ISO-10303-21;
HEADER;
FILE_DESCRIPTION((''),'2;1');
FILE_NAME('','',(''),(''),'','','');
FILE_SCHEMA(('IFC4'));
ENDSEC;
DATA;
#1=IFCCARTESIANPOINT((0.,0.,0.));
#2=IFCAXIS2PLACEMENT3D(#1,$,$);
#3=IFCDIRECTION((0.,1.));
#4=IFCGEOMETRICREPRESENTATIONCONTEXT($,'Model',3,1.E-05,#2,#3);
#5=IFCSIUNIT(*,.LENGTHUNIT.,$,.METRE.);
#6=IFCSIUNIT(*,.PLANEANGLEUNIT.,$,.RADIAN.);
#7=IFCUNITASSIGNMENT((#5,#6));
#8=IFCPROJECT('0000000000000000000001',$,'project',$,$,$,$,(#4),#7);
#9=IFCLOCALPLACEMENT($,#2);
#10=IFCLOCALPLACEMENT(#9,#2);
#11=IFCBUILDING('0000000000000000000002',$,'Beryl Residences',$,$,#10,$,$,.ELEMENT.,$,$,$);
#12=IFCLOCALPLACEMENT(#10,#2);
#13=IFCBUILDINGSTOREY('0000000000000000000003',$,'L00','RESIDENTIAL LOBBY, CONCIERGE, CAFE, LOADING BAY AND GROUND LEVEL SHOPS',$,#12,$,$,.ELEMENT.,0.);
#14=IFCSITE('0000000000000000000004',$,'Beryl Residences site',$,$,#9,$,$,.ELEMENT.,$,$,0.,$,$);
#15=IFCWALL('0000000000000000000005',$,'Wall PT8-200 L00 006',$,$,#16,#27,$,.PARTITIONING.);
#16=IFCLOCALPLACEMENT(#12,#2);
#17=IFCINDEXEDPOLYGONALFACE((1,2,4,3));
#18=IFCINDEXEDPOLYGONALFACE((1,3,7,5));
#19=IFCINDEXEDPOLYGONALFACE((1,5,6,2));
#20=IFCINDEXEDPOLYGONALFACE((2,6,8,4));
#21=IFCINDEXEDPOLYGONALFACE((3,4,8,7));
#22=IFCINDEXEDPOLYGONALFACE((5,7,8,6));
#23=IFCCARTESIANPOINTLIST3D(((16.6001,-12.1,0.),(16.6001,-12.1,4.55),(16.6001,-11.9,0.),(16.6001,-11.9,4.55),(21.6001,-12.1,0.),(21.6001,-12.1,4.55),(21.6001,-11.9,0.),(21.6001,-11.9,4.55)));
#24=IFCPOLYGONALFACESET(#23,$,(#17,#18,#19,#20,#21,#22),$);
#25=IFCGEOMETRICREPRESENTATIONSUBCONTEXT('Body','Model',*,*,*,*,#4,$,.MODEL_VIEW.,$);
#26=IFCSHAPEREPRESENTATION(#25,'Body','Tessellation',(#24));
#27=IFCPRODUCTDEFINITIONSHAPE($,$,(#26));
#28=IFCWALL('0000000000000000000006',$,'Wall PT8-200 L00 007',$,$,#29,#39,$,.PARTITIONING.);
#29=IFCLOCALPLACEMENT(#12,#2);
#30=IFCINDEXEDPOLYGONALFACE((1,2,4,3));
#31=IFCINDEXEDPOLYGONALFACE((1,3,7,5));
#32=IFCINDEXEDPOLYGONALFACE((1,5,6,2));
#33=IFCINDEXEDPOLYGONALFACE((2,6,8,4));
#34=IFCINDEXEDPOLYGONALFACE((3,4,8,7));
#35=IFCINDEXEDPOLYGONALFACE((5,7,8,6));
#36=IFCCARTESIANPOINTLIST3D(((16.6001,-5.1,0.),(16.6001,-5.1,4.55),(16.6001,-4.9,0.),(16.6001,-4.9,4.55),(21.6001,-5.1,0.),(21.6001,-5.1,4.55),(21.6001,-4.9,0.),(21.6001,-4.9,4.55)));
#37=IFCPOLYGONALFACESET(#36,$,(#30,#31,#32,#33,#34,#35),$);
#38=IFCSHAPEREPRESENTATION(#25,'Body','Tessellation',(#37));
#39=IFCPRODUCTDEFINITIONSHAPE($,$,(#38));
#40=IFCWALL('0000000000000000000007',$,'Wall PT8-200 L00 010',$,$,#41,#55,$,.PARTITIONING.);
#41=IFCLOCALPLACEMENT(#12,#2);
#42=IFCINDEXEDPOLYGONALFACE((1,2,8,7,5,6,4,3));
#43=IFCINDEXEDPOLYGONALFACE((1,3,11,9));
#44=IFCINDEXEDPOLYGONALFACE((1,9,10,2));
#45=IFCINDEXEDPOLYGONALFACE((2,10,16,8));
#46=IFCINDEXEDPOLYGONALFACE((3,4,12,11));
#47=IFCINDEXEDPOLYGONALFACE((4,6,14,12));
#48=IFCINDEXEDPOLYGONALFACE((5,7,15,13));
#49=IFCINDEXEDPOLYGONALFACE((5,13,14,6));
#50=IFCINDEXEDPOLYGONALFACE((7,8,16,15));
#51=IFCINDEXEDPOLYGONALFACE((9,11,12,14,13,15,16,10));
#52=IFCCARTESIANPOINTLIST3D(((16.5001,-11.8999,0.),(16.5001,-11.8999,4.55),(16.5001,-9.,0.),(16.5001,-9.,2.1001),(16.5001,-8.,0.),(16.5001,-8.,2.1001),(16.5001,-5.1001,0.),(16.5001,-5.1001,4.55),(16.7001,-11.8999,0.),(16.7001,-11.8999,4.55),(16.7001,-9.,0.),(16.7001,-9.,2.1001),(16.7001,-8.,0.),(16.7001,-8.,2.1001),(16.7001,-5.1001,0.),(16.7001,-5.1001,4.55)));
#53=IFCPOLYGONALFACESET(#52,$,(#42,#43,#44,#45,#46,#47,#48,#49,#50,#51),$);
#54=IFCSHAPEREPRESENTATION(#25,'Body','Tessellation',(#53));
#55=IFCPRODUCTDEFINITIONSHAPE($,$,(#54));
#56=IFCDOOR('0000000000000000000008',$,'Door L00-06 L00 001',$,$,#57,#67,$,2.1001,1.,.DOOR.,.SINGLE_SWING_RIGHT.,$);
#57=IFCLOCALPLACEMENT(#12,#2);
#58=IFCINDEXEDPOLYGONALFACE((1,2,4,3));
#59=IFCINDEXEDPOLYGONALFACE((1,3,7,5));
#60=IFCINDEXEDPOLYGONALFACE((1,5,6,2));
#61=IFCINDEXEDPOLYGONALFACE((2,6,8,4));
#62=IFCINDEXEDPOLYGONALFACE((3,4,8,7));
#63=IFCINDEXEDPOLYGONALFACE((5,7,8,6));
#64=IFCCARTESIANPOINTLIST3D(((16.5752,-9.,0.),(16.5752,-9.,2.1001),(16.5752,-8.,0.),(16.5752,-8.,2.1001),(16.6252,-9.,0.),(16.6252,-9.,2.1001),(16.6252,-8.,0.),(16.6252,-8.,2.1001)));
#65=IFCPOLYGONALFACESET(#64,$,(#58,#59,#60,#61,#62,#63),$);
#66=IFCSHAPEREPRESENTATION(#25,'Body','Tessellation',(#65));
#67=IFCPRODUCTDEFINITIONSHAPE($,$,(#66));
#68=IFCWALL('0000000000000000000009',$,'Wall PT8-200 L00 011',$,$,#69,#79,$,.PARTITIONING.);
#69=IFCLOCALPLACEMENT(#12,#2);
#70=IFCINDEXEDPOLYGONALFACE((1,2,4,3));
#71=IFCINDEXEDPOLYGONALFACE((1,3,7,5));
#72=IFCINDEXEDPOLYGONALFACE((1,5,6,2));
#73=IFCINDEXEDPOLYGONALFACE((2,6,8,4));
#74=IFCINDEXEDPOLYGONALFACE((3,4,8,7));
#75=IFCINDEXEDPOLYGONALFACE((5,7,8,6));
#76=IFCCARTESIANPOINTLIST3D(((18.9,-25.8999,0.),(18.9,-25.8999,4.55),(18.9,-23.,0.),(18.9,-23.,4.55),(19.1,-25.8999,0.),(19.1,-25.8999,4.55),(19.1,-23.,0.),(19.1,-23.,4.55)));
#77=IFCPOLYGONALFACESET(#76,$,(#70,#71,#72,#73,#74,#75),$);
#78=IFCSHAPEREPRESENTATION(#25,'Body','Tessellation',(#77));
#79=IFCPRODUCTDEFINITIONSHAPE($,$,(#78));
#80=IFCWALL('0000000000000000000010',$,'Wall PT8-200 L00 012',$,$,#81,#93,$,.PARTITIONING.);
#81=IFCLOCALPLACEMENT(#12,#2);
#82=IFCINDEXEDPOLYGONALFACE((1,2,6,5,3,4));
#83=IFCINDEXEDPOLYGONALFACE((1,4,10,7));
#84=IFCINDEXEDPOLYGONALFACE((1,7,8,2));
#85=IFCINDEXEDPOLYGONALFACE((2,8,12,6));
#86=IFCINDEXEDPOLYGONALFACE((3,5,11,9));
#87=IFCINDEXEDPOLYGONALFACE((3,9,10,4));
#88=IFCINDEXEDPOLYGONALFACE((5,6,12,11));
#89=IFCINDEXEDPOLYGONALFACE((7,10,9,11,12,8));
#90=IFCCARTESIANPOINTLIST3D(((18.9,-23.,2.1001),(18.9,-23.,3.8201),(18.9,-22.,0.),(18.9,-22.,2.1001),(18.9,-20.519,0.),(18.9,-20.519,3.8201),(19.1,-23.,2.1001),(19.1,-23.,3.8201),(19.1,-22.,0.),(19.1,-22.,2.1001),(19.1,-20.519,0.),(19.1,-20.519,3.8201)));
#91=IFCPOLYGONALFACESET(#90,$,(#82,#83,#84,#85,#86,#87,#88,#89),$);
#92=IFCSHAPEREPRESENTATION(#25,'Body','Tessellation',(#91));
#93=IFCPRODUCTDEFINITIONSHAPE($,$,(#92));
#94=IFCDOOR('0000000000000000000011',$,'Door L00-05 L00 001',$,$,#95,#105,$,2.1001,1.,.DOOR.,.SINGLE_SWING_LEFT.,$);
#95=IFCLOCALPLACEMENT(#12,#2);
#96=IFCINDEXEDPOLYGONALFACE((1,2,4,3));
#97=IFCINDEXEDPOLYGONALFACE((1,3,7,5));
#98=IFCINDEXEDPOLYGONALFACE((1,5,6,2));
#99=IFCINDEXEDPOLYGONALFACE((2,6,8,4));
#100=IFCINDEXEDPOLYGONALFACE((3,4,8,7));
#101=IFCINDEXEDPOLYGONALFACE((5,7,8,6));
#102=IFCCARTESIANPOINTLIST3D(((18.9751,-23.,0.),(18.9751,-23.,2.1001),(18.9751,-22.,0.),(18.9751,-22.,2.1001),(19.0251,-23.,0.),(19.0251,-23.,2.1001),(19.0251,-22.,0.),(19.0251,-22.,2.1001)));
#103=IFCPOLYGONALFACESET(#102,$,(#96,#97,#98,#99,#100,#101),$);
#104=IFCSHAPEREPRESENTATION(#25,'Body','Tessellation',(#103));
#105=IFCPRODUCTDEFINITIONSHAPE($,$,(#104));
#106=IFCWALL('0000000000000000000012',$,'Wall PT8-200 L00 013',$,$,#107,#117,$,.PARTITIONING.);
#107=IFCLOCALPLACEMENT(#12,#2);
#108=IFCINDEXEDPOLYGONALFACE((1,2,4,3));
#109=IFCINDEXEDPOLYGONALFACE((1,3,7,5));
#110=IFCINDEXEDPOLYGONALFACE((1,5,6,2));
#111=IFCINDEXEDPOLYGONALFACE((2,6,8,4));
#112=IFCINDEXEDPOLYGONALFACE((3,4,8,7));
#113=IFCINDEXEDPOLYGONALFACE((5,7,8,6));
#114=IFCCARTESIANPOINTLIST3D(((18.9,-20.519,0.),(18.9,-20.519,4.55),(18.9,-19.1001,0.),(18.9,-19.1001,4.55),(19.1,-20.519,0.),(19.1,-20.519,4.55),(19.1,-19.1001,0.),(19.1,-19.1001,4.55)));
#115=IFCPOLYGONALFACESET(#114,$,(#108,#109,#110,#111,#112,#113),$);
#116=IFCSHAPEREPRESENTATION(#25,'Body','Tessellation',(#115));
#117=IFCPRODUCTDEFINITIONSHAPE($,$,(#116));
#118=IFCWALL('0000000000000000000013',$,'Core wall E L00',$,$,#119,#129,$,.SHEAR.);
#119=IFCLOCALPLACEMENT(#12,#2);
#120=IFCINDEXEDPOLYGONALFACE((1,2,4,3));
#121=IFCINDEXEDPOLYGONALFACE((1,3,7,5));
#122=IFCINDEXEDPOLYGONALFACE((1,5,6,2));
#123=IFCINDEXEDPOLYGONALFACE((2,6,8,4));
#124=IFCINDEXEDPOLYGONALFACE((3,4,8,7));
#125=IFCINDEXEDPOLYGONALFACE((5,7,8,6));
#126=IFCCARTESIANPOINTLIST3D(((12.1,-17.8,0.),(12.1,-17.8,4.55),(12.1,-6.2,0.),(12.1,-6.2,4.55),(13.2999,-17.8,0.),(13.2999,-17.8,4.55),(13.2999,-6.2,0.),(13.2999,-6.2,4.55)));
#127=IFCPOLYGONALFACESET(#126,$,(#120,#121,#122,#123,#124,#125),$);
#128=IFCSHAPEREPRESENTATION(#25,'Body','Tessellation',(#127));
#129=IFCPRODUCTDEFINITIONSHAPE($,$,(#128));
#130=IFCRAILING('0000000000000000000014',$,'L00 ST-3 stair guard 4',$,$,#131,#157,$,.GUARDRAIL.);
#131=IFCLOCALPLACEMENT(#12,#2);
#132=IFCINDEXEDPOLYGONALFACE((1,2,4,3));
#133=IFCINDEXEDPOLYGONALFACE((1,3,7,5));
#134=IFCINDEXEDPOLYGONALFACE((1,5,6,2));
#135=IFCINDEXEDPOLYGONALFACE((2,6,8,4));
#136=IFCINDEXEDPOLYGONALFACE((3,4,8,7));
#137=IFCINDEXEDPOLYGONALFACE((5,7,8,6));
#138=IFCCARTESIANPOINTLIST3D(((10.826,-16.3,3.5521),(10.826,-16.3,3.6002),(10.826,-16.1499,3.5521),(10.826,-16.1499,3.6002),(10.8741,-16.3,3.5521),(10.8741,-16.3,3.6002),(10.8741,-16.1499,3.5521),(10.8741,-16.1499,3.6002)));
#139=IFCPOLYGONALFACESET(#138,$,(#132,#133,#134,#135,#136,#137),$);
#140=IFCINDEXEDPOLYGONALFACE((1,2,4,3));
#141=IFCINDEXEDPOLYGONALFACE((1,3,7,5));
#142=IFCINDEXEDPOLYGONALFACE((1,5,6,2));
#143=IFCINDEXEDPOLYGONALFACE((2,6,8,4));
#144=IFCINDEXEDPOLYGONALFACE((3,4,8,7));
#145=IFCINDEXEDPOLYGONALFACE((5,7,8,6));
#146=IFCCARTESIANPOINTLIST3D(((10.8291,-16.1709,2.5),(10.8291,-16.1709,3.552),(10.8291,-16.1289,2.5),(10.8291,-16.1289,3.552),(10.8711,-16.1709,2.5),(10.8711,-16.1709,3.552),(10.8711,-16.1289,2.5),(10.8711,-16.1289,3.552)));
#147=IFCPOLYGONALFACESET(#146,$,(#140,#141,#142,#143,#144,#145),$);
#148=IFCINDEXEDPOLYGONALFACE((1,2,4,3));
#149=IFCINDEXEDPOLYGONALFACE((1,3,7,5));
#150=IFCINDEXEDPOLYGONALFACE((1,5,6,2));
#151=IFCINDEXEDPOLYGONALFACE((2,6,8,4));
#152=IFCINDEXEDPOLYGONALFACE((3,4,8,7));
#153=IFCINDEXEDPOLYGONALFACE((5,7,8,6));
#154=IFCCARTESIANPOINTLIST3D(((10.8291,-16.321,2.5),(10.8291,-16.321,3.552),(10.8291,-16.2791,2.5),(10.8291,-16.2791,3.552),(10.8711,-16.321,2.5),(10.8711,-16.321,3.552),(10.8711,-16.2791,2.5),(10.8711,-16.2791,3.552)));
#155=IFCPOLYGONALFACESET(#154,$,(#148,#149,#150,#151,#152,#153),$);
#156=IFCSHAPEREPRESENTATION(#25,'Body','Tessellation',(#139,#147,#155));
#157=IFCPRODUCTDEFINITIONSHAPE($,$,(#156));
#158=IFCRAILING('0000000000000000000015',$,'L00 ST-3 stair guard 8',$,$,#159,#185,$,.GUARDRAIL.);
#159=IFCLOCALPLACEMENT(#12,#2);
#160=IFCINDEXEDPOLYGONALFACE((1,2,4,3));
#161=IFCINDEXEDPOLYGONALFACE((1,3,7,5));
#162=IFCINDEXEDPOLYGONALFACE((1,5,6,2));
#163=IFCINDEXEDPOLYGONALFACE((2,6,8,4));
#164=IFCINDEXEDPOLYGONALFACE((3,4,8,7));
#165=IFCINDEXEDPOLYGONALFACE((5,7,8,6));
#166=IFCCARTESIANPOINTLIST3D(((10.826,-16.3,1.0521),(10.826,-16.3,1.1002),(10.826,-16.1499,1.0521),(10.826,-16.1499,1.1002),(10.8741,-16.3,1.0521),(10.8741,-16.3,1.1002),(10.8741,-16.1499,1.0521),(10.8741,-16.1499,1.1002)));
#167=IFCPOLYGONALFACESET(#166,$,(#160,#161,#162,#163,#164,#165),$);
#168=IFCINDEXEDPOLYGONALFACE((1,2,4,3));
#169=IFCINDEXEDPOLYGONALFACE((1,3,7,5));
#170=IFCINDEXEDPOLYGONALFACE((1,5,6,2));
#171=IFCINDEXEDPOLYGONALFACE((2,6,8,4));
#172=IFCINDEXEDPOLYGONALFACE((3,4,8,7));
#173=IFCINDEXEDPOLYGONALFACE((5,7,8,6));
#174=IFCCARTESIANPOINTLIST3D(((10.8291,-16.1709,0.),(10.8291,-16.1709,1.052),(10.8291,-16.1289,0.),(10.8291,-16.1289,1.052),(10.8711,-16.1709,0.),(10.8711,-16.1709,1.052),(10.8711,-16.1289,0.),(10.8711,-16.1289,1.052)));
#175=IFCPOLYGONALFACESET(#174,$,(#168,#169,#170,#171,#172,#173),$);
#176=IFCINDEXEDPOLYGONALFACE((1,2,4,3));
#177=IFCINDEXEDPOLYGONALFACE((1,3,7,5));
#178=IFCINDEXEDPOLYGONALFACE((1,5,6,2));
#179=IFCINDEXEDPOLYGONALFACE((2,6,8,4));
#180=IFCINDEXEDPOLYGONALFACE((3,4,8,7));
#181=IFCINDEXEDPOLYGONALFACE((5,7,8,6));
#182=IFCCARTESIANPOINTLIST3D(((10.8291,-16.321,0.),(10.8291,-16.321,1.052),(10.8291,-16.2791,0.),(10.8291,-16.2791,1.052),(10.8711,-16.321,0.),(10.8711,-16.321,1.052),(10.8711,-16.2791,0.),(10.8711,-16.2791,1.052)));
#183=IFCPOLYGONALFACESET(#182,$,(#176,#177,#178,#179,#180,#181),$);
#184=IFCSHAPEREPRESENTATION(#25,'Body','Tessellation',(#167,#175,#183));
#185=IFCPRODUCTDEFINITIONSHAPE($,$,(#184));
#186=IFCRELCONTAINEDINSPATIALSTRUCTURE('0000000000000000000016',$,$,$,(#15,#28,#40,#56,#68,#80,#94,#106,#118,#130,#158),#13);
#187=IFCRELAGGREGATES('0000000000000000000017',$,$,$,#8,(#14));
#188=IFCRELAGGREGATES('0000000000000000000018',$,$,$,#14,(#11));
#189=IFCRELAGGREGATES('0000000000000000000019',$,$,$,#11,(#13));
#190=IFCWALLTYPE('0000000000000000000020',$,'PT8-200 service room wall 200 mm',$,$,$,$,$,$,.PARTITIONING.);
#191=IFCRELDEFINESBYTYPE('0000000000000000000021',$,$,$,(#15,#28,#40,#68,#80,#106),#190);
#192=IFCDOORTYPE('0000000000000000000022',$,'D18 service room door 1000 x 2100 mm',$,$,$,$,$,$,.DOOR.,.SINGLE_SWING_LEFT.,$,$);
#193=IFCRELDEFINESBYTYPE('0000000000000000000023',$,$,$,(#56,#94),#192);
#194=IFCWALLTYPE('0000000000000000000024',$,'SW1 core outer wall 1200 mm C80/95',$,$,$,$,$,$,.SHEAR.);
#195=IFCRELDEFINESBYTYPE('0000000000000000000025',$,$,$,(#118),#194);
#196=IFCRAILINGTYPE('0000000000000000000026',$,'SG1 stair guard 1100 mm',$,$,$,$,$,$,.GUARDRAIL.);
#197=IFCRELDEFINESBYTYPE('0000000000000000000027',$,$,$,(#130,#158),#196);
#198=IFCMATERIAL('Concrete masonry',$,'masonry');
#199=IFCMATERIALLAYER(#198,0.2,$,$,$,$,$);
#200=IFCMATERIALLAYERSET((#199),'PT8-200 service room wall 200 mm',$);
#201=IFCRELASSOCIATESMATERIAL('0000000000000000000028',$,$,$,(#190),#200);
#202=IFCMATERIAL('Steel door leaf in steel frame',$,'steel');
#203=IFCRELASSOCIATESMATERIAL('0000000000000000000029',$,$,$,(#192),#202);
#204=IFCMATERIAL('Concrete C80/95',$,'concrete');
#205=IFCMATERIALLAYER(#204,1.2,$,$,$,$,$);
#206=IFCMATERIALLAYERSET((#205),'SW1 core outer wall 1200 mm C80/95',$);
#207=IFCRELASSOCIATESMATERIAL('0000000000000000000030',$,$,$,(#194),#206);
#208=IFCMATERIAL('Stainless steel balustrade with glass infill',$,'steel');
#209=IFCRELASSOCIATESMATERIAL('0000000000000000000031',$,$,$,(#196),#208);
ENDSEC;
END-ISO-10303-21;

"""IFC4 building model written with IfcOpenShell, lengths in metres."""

from ifc_helpers import new_model, si_unit, direction, frame, frame_2d, origin, origin_2d, place, context, subcontext, project, spatial, rectangle, extrude, material, layer, layer_set, type_object, element, fill, save


model = new_model("IFC4")

# Units and contexts
model_context = context("Model", 3, precision=1e-05, world=origin(), true_north=direction((0.0, 1.0)))
body_context = subcontext(model_context, "Body", "Model", "MODEL_VIEW")
ifc_project = project(units=[si_unit("LENGTHUNIT", "METRE"), si_unit("PLANEANGLEUNIT", "RADIAN")], contexts=[model_context])

# Site, building, storey
site_placement = place(None, origin())
site = spatial("IfcSite", under=ifc_project, at=site_placement, Name="Beryl Residences site", CompositionType="ELEMENT", RefElevation=0.0)
building_placement = place(site_placement, origin())
building = spatial("IfcBuilding", under=site, at=building_placement, Name="Beryl Residences", CompositionType="ELEMENT")
storey_placement = place(building_placement, origin())
storey = spatial("IfcBuildingStorey", under=building, at=storey_placement, Name="L00", Description="RESIDENTIAL LOBBY, CONCIERGE, CAFE, LOADING BAY AND GROUND LEVEL SHOPS", CompositionType="ELEMENT", Elevation=0.0)

# Walls
ifc_material_1 = material(Name="Concrete masonry", Category="masonry")
ifc_layer_1 = layer(ifc_material_1, 0.2)
ifc_layer_set_1 = layer_set([ifc_layer_1], Name="PT8-200 service room wall 200 mm")
wall_type_1 = type_object("IfcWallType", Name="PT8-200 service room wall 200 mm", PredefinedType="PARTITIONING", material=ifc_layer_set_1)
for number, where, z_axis, x_axis, name in (
    (1, (16.6001, -12.0, 0.0), (0.0, 0.0, 1.0), (1.0, 0.0, 0.0), "Wall PT8-200 L00 006"),
    (2, (16.6001, -5.0, 0.0), (0.0, 0.0, 1.0), (1.0, 0.0, 0.0), "Wall PT8-200 L00 007"),
):
    element("IfcWall", number, at=place(storey_placement, frame(where, z_axis=z_axis, x_axis=x_axis)), inside=storey, type_object=wall_type_1, Name=name, PredefinedType="PARTITIONING", context=body_context, shape_type="SweptSolid", body=[
        extrude(rectangle(XDim=5.0, YDim=0.2, at=frame_2d((2.5, 0.0))), origin(), (0.0, 0.0, 1.0), 4.55),
    ])

# Wall, opening, door
wall_1_placement = place(storey_placement, frame((16.6001, -11.8999, 0.0), z_axis=(0.0, 0.0, 1.0), x_axis=(0.0, 1.0, 0.0)))
wall_1 = element("IfcWall", 3, at=wall_1_placement, inside=storey, type_object=wall_type_1, Name="Wall PT8-200 L00 010", PredefinedType="PARTITIONING", context=body_context, shape_type="SweptSolid", body=[
    extrude(rectangle(XDim=6.7998, YDim=0.2, at=frame_2d((3.3999, 0.0))), origin(), (0.0, 0.0, 1.0), 4.55),
])
opening_1_placement = place(wall_1_placement, frame((2.8999, 0.0, 0.0)))
opening_1 = element("IfcOpeningElement", 4, at=opening_1_placement, cuts=wall_1, PredefinedType="OPENING", context=body_context, shape_type="SweptSolid", body=[
    extrude(rectangle(XDim=1.0, YDim=2.1001, at=frame_2d((0.5, 1.05))), frame((0.0, 0.1099, 0.0), z_axis=(0.0, -1.0, 0.0), x_axis=(1.0, 0.0, 0.0)), (0.0, 0.0, 1.0), 0.22),
])
ifc_material_2 = material(Name="Steel door leaf in steel frame", Category="steel")
door_type = type_object("IfcDoorType", Name="D18 service room door 1000 x 2100 mm", OperationType="SINGLE_SWING_LEFT", PredefinedType="DOOR", material=ifc_material_2)
door_1_placement = place(opening_1_placement, origin())
door_1 = element("IfcDoor", 5, at=door_1_placement, inside=storey, type_object=door_type, Name="Door L00-06 L00 001", OperationType="SINGLE_SWING_RIGHT", OverallHeight=2.1001, OverallWidth=1.0, PredefinedType="DOOR", context=body_context, shape_type="SweptSolid", body=[
    extrude(rectangle(XDim=1.0, YDim=2.1001, at=frame_2d((0.5, 1.05))), frame((0.0, 0.0249, 0.0), z_axis=(0.0, -1.0, 0.0), x_axis=(1.0, 0.0, 0.0)), (0.0, 0.0, 1.0), 0.05),
])
fill(opening_1, door_1)

# Wall
wall_2_placement = place(storey_placement, frame((19.0, -25.8999, 0.0), z_axis=(0.0, 0.0, 1.0), x_axis=(0.0, 1.0, 0.0)))
element("IfcWall", 6, at=wall_2_placement, inside=storey, type_object=wall_type_1, Name="Wall PT8-200 L00 011", PredefinedType="PARTITIONING", context=body_context, shape_type="SweptSolid", body=[
    extrude(rectangle(XDim=2.8999, YDim=0.2, at=frame_2d((1.45, 0.0))), origin(), (0.0, 0.0, 1.0), 4.55),
])

# Wall, opening, door
wall_3_placement = place(storey_placement, frame((19.0, -23.0, 0.0), z_axis=(0.0, 0.0, 1.0), x_axis=(0.0, 1.0, 0.0)))
wall_3 = element("IfcWall", 7, at=wall_3_placement, inside=storey, type_object=wall_type_1, Name="Wall PT8-200 L00 012", PredefinedType="PARTITIONING", context=body_context, shape_type="SweptSolid", body=[
    extrude(rectangle(XDim=2.481, YDim=0.2, at=frame_2d((1.2405, 0.0))), origin(), (0.0, 0.0, 1.0), 3.8201),
])
opening_2_placement = place(wall_3_placement, origin())
opening_2 = element("IfcOpeningElement", 8, at=opening_2_placement, cuts=wall_3, PredefinedType="OPENING", context=body_context, shape_type="SweptSolid", body=[
    extrude(rectangle(XDim=1.0, YDim=2.1001, at=frame_2d((0.5, 1.05))), frame((0.0, 0.1099, 0.0), z_axis=(0.0, -1.0, 0.0), x_axis=(1.0, 0.0, 0.0)), (0.0, 0.0, 1.0), 0.22),
])
door_2_placement = place(opening_2_placement, origin())
door_2 = element("IfcDoor", 9, at=door_2_placement, inside=storey, type_object=door_type, Name="Door L00-05 L00 001", OperationType="SINGLE_SWING_LEFT", OverallHeight=2.1001, OverallWidth=1.0, PredefinedType="DOOR", context=body_context, shape_type="SweptSolid", body=[
    extrude(rectangle(XDim=1.0, YDim=2.1001, at=frame_2d((0.5, 1.05))), frame((0.0, 0.0249, 0.0), z_axis=(0.0, -1.0, 0.0), x_axis=(1.0, 0.0, 0.0)), (0.0, 0.0, 1.0), 0.05),
])
fill(opening_2, door_2)

# Walls
wall_4_placement = place(storey_placement, frame((19.0, -20.519, 0.0), z_axis=(0.0, 0.0, 1.0), x_axis=(0.0, 1.0, 0.0)))
element("IfcWall", 10, at=wall_4_placement, inside=storey, type_object=wall_type_1, Name="Wall PT8-200 L00 013", PredefinedType="PARTITIONING", context=body_context, shape_type="SweptSolid", body=[
    extrude(rectangle(XDim=1.4189, YDim=0.2, at=frame_2d((0.7095, 0.0))), origin(), (0.0, 0.0, 1.0), 4.55),
])
ifc_material_3 = material(Name="Concrete C80/95", Category="concrete")
ifc_layer_2 = layer(ifc_material_3, 1.2)
ifc_layer_set_2 = layer_set([ifc_layer_2], Name="SW1 core outer wall 1200 mm C80/95")
wall_type_2 = type_object("IfcWallType", Name="SW1 core outer wall 1200 mm C80/95", PredefinedType="SHEAR", material=ifc_layer_set_2)
wall_5_placement = place(storey_placement, frame((12.7, -17.8, 0.0), z_axis=(0.0, 0.0, 1.0), x_axis=(0.0, 1.0, 0.0)))
element("IfcWall", 11, at=wall_5_placement, inside=storey, type_object=wall_type_2, Name="Core wall E L00", PredefinedType="SHEAR", context=body_context, shape_type="SweptSolid", body=[
    extrude(rectangle(XDim=11.6001, YDim=1.2, at=frame_2d((5.8, 0.0))), origin(), (0.0, 0.0, 1.0), 4.55),
])

# Railings
ifc_material_4 = material(Name="Stainless steel balustrade with glass infill", Category="steel")
railing_type_1 = type_object("IfcRailingType", Name="SG1 stair guard 1100 mm", PredefinedType="GUARDRAIL", material=ifc_material_4)
for number, where, name in (
    (12, (10.8501, -16.1499, 2.5), "L00 ST-3 stair guard 4"),
    (13, (10.8501, -16.1499, 0.0), "L00 ST-3 stair guard 8"),
):
    element("IfcRailing", number, at=place(storey_placement, frame(where)), inside=storey, type_object=railing_type_1, Name=name, PredefinedType="GUARDRAIL", context=body_context, shape_type="SweptSolid", body=[
        extrude(rectangle(XDim=0.0481, YDim=0.0481, at=origin_2d()), frame((0.0, 0.0, 1.0762), z_axis=(0.0, -1.0, 0.0), x_axis=(1.0, 0.0, 0.0)), (0.0, 0.0, 1.0), 0.1501),
        extrude(rectangle(XDim=0.042, YDim=0.042, at=origin_2d()), origin(), (0.0, 0.0, 1.0), 1.052),
        extrude(rectangle(XDim=0.042, YDim=0.042, at=origin_2d()), frame((0.0, -0.1501, 0.0)), (0.0, 0.0, 1.0), 1.052),
    ])

save(model, "model.ifc")
